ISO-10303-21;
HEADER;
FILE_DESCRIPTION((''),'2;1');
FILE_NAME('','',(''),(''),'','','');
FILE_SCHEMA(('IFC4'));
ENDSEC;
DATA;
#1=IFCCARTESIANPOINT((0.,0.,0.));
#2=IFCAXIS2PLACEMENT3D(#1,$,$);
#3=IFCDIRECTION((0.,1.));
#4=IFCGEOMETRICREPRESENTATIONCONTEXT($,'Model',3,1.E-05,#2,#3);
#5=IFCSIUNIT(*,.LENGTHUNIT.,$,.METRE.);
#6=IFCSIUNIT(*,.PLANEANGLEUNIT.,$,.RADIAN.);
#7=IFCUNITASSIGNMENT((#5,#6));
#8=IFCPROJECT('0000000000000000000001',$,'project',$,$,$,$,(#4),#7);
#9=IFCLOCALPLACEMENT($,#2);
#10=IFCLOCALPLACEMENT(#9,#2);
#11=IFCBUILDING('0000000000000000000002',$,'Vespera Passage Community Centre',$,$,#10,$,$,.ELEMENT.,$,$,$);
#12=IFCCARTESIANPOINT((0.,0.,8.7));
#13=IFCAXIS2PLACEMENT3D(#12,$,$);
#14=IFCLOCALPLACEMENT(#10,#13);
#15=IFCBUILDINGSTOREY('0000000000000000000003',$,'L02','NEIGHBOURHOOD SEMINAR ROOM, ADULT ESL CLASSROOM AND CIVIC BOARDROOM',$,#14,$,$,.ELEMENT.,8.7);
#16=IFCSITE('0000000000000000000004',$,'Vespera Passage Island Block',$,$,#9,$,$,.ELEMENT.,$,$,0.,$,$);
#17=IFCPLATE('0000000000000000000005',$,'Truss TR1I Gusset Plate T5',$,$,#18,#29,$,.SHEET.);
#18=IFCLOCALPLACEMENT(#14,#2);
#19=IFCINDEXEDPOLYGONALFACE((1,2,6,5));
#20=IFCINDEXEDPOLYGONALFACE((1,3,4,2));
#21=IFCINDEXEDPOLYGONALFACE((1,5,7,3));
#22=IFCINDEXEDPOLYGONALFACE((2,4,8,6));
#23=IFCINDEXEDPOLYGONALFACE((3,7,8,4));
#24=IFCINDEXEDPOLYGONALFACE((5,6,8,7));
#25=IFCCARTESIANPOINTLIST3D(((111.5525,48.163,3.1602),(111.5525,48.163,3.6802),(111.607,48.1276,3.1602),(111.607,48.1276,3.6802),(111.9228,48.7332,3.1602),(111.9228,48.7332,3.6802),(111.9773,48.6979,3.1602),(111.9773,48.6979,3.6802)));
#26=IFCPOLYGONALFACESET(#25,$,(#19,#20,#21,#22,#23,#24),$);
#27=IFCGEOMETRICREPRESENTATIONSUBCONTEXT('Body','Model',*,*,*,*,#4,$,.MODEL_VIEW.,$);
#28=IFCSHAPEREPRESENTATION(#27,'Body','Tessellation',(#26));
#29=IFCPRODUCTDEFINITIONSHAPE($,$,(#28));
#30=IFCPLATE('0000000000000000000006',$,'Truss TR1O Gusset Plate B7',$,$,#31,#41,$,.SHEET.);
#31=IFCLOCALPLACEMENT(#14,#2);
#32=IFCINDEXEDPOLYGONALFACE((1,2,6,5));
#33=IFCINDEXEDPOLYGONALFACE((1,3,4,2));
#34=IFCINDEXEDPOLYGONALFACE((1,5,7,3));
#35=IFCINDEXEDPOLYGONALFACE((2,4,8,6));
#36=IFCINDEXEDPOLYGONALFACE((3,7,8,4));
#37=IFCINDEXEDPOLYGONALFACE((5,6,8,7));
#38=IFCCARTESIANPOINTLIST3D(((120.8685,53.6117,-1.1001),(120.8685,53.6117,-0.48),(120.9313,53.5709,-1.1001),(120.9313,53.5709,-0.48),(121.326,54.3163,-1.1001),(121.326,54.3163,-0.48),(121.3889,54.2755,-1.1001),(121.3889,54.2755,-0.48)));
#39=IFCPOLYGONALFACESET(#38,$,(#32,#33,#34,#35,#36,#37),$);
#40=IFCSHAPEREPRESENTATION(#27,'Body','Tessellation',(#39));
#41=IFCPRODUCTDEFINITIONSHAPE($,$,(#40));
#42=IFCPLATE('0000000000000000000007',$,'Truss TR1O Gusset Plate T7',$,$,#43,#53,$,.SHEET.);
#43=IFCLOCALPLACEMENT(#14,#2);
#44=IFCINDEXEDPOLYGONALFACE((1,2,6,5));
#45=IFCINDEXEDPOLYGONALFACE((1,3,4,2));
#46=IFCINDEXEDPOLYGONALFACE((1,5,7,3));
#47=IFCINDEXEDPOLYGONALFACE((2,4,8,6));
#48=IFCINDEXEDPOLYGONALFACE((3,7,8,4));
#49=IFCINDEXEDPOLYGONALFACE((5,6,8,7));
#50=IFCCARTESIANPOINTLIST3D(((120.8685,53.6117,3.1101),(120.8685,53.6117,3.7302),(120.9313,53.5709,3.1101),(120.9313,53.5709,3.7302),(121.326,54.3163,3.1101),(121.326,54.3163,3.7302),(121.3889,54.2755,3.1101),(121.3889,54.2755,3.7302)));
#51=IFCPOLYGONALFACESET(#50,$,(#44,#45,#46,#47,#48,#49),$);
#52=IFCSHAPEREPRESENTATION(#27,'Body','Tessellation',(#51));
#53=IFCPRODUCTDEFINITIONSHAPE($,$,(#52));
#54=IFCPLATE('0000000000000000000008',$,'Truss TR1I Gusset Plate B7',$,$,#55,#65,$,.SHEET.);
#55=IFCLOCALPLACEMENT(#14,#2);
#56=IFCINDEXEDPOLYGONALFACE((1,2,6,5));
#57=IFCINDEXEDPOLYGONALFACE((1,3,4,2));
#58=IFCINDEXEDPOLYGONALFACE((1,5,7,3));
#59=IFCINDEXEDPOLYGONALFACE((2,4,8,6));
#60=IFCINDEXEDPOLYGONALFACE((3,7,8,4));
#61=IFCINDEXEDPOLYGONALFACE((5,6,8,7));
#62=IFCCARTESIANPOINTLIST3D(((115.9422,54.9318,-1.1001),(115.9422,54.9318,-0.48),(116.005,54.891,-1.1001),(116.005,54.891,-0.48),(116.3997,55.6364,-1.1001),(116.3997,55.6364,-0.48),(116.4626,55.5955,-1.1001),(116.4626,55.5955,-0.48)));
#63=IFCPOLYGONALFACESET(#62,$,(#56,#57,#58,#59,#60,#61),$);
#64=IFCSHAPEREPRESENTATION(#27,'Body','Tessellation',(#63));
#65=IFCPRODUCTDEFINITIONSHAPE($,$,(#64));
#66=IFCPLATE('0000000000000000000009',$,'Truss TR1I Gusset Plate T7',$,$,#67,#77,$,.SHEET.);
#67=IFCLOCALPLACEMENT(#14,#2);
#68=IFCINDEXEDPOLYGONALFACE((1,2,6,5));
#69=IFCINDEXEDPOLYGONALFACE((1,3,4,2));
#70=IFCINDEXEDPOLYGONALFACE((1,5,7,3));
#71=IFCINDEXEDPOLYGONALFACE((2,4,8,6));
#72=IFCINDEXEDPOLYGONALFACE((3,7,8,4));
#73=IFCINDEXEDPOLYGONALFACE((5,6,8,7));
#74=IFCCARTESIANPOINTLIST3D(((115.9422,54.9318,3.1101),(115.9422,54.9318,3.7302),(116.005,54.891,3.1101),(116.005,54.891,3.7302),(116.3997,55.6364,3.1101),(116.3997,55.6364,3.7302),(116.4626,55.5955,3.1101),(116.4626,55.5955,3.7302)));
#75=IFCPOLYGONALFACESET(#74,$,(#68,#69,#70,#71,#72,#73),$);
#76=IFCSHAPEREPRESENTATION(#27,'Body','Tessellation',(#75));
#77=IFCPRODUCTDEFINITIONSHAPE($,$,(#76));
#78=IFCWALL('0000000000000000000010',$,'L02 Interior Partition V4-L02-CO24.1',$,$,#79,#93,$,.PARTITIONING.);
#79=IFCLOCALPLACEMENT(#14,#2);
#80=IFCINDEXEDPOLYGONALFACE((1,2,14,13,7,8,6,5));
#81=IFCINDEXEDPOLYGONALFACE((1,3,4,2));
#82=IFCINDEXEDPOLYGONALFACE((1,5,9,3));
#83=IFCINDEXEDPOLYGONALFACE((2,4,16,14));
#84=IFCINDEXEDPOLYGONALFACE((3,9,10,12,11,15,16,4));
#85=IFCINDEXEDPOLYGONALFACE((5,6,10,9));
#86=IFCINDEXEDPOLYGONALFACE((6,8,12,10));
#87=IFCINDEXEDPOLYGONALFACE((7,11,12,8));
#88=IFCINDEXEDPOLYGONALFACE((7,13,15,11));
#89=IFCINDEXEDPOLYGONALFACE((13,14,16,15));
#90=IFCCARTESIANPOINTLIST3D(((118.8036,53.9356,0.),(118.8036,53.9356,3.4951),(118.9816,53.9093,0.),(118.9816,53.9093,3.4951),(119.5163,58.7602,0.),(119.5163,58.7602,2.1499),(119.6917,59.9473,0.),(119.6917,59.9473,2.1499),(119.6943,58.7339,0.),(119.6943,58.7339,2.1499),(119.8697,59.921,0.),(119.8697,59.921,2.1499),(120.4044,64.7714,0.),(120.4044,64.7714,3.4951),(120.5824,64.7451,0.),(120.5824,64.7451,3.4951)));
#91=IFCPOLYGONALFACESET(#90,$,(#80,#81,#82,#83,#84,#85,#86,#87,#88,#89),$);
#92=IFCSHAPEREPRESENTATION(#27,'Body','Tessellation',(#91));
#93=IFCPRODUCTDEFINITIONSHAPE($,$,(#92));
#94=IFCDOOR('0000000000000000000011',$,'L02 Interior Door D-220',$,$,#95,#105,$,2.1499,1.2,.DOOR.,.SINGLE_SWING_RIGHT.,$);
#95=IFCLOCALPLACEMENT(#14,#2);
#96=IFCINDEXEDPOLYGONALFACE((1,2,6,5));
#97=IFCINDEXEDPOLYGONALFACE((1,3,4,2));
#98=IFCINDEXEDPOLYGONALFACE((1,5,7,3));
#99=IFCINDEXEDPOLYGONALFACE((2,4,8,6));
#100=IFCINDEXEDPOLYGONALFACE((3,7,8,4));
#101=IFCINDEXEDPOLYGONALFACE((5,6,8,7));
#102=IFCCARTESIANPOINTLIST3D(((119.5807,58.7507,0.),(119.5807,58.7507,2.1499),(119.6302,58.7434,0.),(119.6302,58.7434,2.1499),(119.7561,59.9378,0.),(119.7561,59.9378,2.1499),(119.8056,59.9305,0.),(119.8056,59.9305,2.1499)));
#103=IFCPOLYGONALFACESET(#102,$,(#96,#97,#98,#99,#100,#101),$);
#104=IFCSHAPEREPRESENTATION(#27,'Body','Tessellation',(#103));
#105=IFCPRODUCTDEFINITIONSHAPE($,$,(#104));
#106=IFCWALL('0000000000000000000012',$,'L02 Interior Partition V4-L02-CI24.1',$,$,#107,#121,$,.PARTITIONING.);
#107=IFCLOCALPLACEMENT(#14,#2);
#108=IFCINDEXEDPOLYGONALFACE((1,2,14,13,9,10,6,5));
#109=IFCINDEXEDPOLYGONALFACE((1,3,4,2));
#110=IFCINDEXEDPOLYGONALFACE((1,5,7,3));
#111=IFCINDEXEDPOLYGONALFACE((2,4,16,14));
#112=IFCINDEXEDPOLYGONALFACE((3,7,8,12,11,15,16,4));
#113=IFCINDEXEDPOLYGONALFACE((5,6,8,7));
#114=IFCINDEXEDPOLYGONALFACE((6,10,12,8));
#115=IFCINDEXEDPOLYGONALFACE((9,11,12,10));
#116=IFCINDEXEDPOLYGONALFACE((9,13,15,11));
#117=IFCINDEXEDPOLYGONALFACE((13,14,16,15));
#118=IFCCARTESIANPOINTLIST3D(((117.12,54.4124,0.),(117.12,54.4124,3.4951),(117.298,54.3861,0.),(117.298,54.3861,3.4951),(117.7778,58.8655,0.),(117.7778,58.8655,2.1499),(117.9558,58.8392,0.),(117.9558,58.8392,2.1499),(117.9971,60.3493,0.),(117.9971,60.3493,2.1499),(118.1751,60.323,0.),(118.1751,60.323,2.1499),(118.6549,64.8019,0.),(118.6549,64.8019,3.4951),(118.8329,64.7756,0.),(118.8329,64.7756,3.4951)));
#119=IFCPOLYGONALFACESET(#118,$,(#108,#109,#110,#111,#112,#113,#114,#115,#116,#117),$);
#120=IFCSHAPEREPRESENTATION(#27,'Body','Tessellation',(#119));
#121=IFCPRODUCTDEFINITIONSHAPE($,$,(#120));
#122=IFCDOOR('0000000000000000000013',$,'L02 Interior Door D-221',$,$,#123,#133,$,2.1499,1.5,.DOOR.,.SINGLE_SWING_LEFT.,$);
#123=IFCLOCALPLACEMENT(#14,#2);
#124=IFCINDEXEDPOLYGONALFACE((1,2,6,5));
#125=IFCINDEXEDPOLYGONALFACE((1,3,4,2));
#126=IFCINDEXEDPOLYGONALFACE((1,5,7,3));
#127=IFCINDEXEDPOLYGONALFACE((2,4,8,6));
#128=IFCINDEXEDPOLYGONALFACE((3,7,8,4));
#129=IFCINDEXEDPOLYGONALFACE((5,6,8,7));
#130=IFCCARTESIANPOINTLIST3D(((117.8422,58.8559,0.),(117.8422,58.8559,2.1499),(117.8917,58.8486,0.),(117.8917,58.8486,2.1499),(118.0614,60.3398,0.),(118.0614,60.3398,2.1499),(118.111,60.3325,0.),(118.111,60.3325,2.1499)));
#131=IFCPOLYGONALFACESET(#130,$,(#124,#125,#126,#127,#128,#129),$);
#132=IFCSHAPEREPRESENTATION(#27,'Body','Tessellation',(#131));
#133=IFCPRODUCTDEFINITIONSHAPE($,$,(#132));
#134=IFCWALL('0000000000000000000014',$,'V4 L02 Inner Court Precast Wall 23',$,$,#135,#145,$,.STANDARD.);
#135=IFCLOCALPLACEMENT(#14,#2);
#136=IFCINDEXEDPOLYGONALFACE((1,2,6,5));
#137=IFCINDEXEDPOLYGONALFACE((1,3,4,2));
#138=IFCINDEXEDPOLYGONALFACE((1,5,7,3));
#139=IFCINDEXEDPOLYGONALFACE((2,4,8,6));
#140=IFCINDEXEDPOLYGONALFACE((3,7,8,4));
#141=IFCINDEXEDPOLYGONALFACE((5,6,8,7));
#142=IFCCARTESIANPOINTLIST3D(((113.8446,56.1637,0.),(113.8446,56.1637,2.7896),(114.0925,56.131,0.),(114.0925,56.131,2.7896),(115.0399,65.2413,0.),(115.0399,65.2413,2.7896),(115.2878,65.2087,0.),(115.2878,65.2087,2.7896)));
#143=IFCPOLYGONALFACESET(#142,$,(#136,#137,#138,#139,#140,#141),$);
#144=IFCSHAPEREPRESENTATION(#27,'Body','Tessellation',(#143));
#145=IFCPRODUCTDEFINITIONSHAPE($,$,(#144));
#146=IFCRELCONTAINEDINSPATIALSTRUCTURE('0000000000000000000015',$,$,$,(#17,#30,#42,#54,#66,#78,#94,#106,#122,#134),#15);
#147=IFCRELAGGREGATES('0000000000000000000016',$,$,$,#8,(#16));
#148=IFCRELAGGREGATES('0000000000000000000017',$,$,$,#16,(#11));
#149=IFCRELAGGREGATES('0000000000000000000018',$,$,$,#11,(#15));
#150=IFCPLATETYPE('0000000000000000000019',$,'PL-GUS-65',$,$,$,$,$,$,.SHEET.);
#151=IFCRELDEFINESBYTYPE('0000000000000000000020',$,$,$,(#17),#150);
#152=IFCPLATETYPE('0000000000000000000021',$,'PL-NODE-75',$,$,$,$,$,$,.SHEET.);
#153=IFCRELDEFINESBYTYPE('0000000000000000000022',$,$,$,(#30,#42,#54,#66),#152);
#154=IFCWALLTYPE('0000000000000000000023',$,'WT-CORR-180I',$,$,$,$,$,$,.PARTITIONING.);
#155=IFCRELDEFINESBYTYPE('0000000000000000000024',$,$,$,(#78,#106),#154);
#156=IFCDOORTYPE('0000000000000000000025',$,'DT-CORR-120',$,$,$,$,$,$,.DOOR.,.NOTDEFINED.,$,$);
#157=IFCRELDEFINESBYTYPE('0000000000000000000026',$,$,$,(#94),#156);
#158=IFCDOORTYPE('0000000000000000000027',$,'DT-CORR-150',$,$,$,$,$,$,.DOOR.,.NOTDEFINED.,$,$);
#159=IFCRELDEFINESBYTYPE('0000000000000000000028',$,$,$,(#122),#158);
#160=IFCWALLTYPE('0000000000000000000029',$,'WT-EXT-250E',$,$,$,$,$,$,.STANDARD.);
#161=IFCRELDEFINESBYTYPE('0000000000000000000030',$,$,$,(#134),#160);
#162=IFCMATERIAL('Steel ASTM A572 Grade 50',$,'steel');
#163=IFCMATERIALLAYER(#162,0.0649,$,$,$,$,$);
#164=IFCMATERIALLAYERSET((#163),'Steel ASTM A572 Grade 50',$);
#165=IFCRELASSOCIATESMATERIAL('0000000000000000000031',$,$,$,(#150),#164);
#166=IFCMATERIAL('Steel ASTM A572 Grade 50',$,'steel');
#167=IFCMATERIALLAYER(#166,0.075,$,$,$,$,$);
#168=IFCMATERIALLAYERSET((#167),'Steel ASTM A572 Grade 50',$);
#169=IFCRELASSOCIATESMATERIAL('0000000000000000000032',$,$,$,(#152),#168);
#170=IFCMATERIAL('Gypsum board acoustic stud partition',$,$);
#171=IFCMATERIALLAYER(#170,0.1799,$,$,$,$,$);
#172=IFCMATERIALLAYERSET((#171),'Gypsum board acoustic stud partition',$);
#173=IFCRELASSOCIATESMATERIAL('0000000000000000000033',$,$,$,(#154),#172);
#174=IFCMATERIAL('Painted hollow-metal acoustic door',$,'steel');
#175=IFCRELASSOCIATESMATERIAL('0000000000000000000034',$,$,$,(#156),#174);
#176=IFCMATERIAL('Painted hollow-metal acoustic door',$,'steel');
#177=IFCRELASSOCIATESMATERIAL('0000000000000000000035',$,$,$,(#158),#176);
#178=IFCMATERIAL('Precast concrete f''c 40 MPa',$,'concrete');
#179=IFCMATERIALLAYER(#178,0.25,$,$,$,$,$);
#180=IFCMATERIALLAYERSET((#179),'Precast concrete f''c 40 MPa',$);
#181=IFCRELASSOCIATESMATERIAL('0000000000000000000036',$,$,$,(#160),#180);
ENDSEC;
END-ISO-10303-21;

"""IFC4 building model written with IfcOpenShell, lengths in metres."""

from ifc_helpers import new_model, si_unit, direction, frame, frame_2d, origin, origin_2d, place, context, subcontext, project, spatial, rectangle, extrude, material, layer, layer_set, type_object, element, fill, save


model = new_model("IFC4")

# Units and contexts
model_context = context("Model", 3, precision=1e-05, world=origin(), true_north=direction((0.0, 1.0)))
body_context = subcontext(model_context, "Body", "Model", "MODEL_VIEW")
ifc_project = project(units=[si_unit("LENGTHUNIT", "METRE"), si_unit("PLANEANGLEUNIT", "RADIAN")], contexts=[model_context])

# Site, building, storey
site_placement = place(None, origin())
site = spatial("IfcSite", under=ifc_project, at=site_placement, Name="Vespera Passage Island Block", CompositionType="ELEMENT", RefElevation=0.0)
building_placement = place(site_placement, origin())
building = spatial("IfcBuilding", under=site, at=building_placement, Name="Vespera Passage Community Centre", CompositionType="ELEMENT")
storey_placement = place(building_placement, frame((0.0, 0.0, 8.7)))
storey = spatial("IfcBuildingStorey", under=building, at=storey_placement, Name="L02", Description="NEIGHBOURHOOD SEMINAR ROOM, ADULT ESL CLASSROOM AND CIVIC BOARDROOM", CompositionType="ELEMENT", Elevation=8.7)

# Plates
ifc_material_1 = material(Name="Steel ASTM A572 Grade 50", Category="steel")
ifc_layer_1 = layer(ifc_material_1, 0.0649)
ifc_layer_set_1 = layer_set([ifc_layer_1], Name="Steel ASTM A572 Grade 50")
plate_type_1 = type_object("IfcPlateType", Name="PL-GUS-65", PredefinedType="SHEET", material=ifc_layer_set_1)
for number, where, z_axis, x_axis, name in (
    (1, (111.7649, 48.4304, 3.1602), (0.0, 0.0, 1.0), (0.544639, 0.838671, 0.0), "Truss TR1I Gusset Plate T5"),
):
    element("IfcPlate", number, at=place(storey_placement, frame(where, z_axis=z_axis, x_axis=x_axis)), inside=storey, type_object=plate_type_1, Name=name, PredefinedType="SHEET", context=body_context, shape_type="SweptSolid", body=[
        extrude(rectangle(XDim=0.6799, YDim=0.0649, at=origin_2d()), origin(), (0.0, 0.0, 1.0), 0.52),
    ])
ifc_material_2 = material(Name="Steel ASTM A572 Grade 50", Category="steel")
ifc_layer_2 = layer(ifc_material_2, 0.075)
ifc_layer_set_2 = layer_set([ifc_layer_2], Name="Steel ASTM A572 Grade 50")
plate_type_2 = type_object("IfcPlateType", Name="PL-NODE-75", PredefinedType="SHEET", material=ifc_layer_set_2)
for number, where, z_axis, x_axis, name in (
    (2, (121.1287, 53.9436, -1.1001), (0.0, 0.0, 1.0), (0.544639, 0.838671, 0.0), "Truss TR1O Gusset Plate B7"),
    (3, (121.1287, 53.9436, 3.1101), (0.0, 0.0, 1.0), (0.544639, 0.838671, 0.0), "Truss TR1O Gusset Plate T7"),
    (4, (116.2024, 55.2637, -1.1001), (0.0, 0.0, 1.0), (0.544639, 0.838671, 0.0), "Truss TR1I Gusset Plate B7"),
    (5, (116.2024, 55.2637, 3.1101), (0.0, 0.0, 1.0), (0.544639, 0.838671, 0.0), "Truss TR1I Gusset Plate T7"),
):
    element("IfcPlate", number, at=place(storey_placement, frame(where, z_axis=z_axis, x_axis=x_axis)), inside=storey, type_object=plate_type_2, Name=name, PredefinedType="SHEET", context=body_context, shape_type="SweptSolid", body=[
        extrude(rectangle(XDim=0.8401, YDim=0.075, at=origin_2d()), origin(), (0.0, 0.0, 1.0), 0.6201),
    ])

# Walls, openings, doors
ifc_material_3 = material(Name="Gypsum board acoustic stud partition")
ifc_layer_3 = layer(ifc_material_3, 0.1799)
ifc_layer_set_3 = layer_set([ifc_layer_3], Name="Gypsum board acoustic stud partition")
wall_type_1 = type_object("IfcWallType", Name="WT-CORR-180I", PredefinedType="PARTITIONING", material=ifc_layer_set_3)
wall_1_placement = place(storey_placement, frame((118.8926, 53.9226, 0.0), z_axis=(0.0, 0.0, 1.0), x_axis=(0.14615, 0.989262, 0.0)))
wall_1 = element("IfcWall", 6, at=wall_1_placement, inside=storey, type_object=wall_type_1, Name="L02 Interior Partition V4-L02-CO24.1", PredefinedType="PARTITIONING", context=body_context, shape_type="SweptSolid", body=[
    extrude(rectangle(XDim=10.9534, YDim=0.1799, at=frame_2d((5.4766, 0.0))), origin(), (0.0, 0.0, 1.0), 3.4951),
])
opening_1_placement = place(wall_1_placement, frame((4.8767, 0.0, 0.0)))
opening_1 = element("IfcOpeningElement", 7, at=opening_1_placement, cuts=wall_1, PredefinedType="OPENING", context=body_context, shape_type="SweptSolid", body=[
    extrude(rectangle(XDim=1.2, YDim=2.1499, at=frame_2d((0.6001, 1.075))), frame((0.0, 0.0999, 0.0), z_axis=(0.0, -1.0, 0.0), x_axis=(1.0, 0.0, 0.0)), (0.0, 0.0, 1.0), 0.2),
])
ifc_material_4 = material(Name="Painted hollow-metal acoustic door", Category="steel")
door_type_1 = type_object("IfcDoorType", Name="DT-CORR-120", OperationType="NOTDEFINED", PredefinedType="DOOR", material=ifc_material_4)
door_1_placement = place(opening_1_placement, origin())
door_1 = element("IfcDoor", 8, at=door_1_placement, inside=storey, type_object=door_type_1, Name="L02 Interior Door D-220", OperationType="SINGLE_SWING_RIGHT", OverallHeight=2.1499, OverallWidth=1.2, PredefinedType="DOOR", context=body_context, shape_type="SweptSolid", body=[
    extrude(rectangle(XDim=1.2, YDim=2.1499, at=frame_2d((0.6001, 1.075))), frame((0.0, 0.0249, 0.0), z_axis=(0.0, -1.0, 0.0), x_axis=(1.0, 0.0, 0.0)), (0.0, 0.0, 1.0), 0.05),
])
fill(opening_1, door_1)
wall_2_placement = place(storey_placement, frame((117.209, 54.3994, 0.0), z_axis=(0.0, 0.0, 1.0), x_axis=(0.146152, 0.989262, 0.0)))
wall_2 = element("IfcWall", 9, at=wall_2_placement, inside=storey, type_object=wall_type_1, Name="L02 Interior Partition V4-L02-CI24.1", PredefinedType="PARTITIONING", context=body_context, shape_type="SweptSolid", body=[
    extrude(rectangle(XDim=10.5022, YDim=0.1799, at=frame_2d((5.251, 0.0))), origin(), (0.0, 0.0, 1.0), 3.4951),
])
opening_2_placement = place(wall_2_placement, frame((4.5012, 0.0, 0.0)))
opening_2 = element("IfcOpeningElement", 10, at=opening_2_placement, cuts=wall_2, PredefinedType="OPENING", context=body_context, shape_type="SweptSolid", body=[
    extrude(rectangle(XDim=1.5, YDim=2.1499, at=frame_2d((0.75, 1.075))), frame((0.0, 0.0999, 0.0), z_axis=(0.0, -1.0, 0.0), x_axis=(1.0, 0.0, 0.0)), (0.0, 0.0, 1.0), 0.2),
])
ifc_material_5 = material(Name="Painted hollow-metal acoustic door", Category="steel")
door_type_2 = type_object("IfcDoorType", Name="DT-CORR-150", OperationType="NOTDEFINED", PredefinedType="DOOR", material=ifc_material_5)
door_2_placement = place(opening_2_placement, origin())
door_2 = element("IfcDoor", 11, at=door_2_placement, inside=storey, type_object=door_type_2, Name="L02 Interior Door D-221", OperationType="SINGLE_SWING_LEFT", OverallHeight=2.1499, OverallWidth=1.5, PredefinedType="DOOR", context=body_context, shape_type="SweptSolid", body=[
    extrude(rectangle(XDim=1.5, YDim=2.1499, at=frame_2d((0.75, 1.075))), frame((0.0, 0.0249, 0.0), z_axis=(0.0, -1.0, 0.0), x_axis=(1.0, 0.0, 0.0)), (0.0, 0.0, 1.0), 0.05),
])
fill(opening_2, door_2)

# Wall
ifc_material_6 = material(Name="Precast concrete f'c 40 MPa", Category="concrete")
ifc_layer_4 = layer(ifc_material_6, 0.25)
ifc_layer_set_4 = layer_set([ifc_layer_4], Name="Precast concrete f'c 40 MPa")
wall_type_2 = type_object("IfcWallType", Name="WT-EXT-250E", PredefinedType="STANDARD", material=ifc_layer_set_4)
wall_3_placement = place(storey_placement, frame((113.9685, 56.1472, 0.0), z_axis=(0.0, 0.0, 1.0), x_axis=(0.13055, 0.991442, 0.0)))
element("IfcWall", 12, at=wall_3_placement, inside=storey, type_object=wall_type_2, Name="V4 L02 Inner Court Precast Wall 23", PredefinedType="STANDARD", context=body_context, shape_type="SweptSolid", body=[
    extrude(rectangle(XDim=9.156, YDim=0.25, at=frame_2d((4.5781, 0.0))), origin(), (0.0, 0.0, 1.0), 2.7896),
])

save(model, "model.ifc")
